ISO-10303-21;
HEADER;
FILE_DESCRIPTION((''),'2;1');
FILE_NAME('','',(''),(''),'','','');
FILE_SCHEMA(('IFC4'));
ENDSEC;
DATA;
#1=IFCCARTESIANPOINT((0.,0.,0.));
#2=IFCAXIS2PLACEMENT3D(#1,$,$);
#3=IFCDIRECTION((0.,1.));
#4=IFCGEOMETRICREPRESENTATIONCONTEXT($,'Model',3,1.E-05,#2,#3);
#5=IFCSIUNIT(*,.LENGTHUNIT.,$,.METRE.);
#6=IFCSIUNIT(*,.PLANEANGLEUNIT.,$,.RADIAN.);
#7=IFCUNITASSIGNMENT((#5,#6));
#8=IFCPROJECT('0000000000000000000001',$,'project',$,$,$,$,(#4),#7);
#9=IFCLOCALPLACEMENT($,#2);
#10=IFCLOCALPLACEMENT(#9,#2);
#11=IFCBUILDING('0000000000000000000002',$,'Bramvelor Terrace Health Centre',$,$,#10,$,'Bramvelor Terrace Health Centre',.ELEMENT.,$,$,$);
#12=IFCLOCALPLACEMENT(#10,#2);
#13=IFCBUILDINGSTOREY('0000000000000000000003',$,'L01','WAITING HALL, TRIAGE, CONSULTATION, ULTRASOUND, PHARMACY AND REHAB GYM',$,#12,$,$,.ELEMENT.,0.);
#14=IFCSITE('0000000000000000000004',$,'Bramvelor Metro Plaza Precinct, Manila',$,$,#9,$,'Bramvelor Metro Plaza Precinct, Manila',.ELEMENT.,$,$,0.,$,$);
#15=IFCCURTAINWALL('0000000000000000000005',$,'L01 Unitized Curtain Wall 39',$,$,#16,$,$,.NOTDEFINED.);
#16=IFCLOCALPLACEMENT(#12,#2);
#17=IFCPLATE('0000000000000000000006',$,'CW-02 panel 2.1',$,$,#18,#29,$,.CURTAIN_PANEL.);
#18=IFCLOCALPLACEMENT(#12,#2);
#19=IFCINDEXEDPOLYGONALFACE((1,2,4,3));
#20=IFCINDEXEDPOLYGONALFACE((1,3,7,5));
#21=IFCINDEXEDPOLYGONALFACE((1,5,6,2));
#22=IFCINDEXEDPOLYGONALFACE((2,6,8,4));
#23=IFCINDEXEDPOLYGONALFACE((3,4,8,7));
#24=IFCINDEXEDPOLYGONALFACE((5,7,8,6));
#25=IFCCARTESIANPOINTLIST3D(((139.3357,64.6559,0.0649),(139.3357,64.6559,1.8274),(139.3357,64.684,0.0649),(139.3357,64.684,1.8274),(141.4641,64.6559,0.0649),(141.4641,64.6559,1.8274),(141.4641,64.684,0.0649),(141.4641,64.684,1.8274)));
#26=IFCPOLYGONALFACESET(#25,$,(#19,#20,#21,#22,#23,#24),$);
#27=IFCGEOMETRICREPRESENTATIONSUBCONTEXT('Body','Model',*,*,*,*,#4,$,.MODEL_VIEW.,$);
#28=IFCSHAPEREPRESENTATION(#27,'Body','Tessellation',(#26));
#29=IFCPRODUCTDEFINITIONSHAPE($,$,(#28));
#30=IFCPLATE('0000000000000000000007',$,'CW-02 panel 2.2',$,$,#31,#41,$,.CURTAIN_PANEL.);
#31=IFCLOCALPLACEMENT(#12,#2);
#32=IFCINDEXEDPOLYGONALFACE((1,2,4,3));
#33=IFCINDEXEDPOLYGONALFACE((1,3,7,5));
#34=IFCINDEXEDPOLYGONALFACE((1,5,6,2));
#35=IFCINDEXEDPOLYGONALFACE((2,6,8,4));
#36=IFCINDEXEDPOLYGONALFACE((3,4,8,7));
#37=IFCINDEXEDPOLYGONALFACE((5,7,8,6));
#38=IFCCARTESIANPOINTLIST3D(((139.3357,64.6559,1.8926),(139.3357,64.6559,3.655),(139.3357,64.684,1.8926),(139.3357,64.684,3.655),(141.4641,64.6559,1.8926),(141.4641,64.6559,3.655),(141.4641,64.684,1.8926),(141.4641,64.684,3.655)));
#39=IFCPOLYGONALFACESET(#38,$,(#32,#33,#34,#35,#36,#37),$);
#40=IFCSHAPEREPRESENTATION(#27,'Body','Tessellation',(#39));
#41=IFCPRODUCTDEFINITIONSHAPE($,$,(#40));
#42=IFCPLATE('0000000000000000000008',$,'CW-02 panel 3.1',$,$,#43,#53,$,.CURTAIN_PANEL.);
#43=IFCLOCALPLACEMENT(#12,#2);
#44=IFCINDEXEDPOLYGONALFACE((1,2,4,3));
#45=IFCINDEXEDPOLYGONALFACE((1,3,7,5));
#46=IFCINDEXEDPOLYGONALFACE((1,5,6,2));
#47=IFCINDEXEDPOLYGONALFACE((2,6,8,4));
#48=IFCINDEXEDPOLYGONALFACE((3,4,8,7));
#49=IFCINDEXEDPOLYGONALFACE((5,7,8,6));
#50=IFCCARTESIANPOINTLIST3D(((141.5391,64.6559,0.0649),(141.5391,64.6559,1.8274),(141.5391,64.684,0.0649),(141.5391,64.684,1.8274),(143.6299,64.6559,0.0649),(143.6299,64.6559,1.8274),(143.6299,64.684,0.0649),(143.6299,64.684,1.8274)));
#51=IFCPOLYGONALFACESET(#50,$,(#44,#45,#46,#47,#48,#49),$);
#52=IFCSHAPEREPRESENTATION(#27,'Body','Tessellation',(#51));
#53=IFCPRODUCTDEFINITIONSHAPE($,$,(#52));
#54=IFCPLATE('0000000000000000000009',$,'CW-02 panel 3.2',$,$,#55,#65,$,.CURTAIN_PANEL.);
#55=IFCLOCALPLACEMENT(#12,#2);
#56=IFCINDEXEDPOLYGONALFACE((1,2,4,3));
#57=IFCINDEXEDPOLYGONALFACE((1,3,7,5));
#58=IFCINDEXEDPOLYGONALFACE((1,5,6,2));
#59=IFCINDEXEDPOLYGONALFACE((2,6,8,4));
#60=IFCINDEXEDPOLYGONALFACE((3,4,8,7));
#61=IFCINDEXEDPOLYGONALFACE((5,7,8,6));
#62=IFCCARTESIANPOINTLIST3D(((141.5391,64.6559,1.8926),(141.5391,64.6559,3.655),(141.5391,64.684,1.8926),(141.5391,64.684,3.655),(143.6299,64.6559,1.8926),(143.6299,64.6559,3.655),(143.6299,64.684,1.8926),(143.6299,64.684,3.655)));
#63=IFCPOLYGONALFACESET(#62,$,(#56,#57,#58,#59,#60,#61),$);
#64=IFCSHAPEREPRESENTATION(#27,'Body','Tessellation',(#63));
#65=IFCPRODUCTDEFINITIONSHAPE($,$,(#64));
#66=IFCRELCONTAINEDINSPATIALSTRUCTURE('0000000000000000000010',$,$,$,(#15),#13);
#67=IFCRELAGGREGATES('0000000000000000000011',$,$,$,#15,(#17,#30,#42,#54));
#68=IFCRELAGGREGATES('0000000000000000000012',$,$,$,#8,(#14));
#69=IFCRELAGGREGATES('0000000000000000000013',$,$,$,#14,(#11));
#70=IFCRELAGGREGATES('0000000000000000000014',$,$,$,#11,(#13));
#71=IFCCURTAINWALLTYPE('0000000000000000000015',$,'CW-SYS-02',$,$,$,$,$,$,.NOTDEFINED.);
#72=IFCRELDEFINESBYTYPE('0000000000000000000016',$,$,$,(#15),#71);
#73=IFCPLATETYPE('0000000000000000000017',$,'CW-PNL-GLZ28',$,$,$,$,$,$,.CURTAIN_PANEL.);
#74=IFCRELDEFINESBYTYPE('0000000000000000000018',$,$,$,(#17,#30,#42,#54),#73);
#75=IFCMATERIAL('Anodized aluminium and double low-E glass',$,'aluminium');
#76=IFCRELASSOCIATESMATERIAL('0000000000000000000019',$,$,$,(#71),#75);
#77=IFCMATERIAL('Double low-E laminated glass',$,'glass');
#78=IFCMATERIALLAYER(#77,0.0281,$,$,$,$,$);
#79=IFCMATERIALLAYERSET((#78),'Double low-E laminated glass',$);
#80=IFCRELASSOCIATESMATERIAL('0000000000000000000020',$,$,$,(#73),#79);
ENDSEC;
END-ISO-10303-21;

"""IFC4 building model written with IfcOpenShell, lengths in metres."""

from ifc_helpers import new_model, si_unit, direction, frame, origin, origin_2d, place, context, subcontext, project, spatial, rectangle, extrude, material, layer, layer_set, type_object, element, aggregate, save


model = new_model("IFC4")

# Units and contexts
model_context = context("Model", 3, precision=1e-05, world=origin(), true_north=direction((0.0, 1.0)))
body_context = subcontext(model_context, "Body", "Model", "MODEL_VIEW")
ifc_project = project(units=[si_unit("LENGTHUNIT", "METRE"), si_unit("PLANEANGLEUNIT", "RADIAN")], contexts=[model_context])

# Site, building, storey
site_placement = place(None, origin())
site = spatial("IfcSite", under=ifc_project, at=site_placement, Name="Bramvelor Metro Plaza Precinct, Manila", LongName="Bramvelor Metro Plaza Precinct, Manila", CompositionType="ELEMENT", RefElevation=0.0)
building_placement = place(site_placement, origin())
building = spatial("IfcBuilding", under=site, at=building_placement, Name="Bramvelor Terrace Health Centre", LongName="Bramvelor Terrace Health Centre", CompositionType="ELEMENT")
storey_placement = place(building_placement, origin())
storey = spatial("IfcBuildingStorey", under=building, at=storey_placement, Name="L01", Description="WAITING HALL, TRIAGE, CONSULTATION, ULTRASOUND, PHARMACY AND REHAB GYM", CompositionType="ELEMENT", Elevation=0.0)

# Curtain wall, plates
ifc_material_1 = material(Name="Anodized aluminium and double low-E glass", Category="aluminium")
curtain_wall_type = type_object("IfcCurtainWallType", Name="CW-SYS-02", PredefinedType="NOTDEFINED", material=ifc_material_1)
curtain_wall_placement = place(storey_placement, origin())
curtain_wall = element("IfcCurtainWall", 1, at=curtain_wall_placement, inside=storey, type_object=curtain_wall_type, Name="L01 Unitized Curtain Wall 39", PredefinedType="NOTDEFINED")
ifc_material_2 = material(Name="Double low-E laminated glass", Category="glass")
ifc_layer = layer(ifc_material_2, 0.0281)
ifc_layer_set = layer_set([ifc_layer], Name="Double low-E laminated glass")
plate_type = type_object("IfcPlateType", Name="CW-PNL-GLZ28", PredefinedType="CURTAIN_PANEL", material=ifc_layer_set)
plate_1_placement = place(storey_placement, frame((140.3999, 64.6699, 0.0649), z_axis=(0.0, 0.0, 1.0), x_axis=(1.0, 0.0, 0.0)))
plate_1 = element("IfcPlate", 2, at=plate_1_placement, type_object=plate_type, Name="CW-02 panel 2.1", PredefinedType="CURTAIN_PANEL", context=body_context, shape_type="SweptSolid", body=[
    extrude(rectangle(XDim=2.1284, YDim=0.0281, at=origin_2d()), origin(), (0.0, 0.0, 1.0), 1.7625),
])
plate_2_placement = place(storey_placement, frame((140.3999, 64.6699, 1.8926), z_axis=(0.0, 0.0, 1.0), x_axis=(1.0, 0.0, 0.0)))
plate_2 = element("IfcPlate", 3, at=plate_2_placement, type_object=plate_type, Name="CW-02 panel 2.2", PredefinedType="CURTAIN_PANEL", context=body_context, shape_type="SweptSolid", body=[
    extrude(rectangle(XDim=2.1284, YDim=0.0281, at=origin_2d()), origin(), (0.0, 0.0, 1.0), 1.7625),
])
plate_3_placement = place(storey_placement, frame((142.5845, 64.6699, 0.0649), z_axis=(0.0, 0.0, 1.0), x_axis=(1.0, 0.0, 0.0)))
plate_3 = element("IfcPlate", 4, at=plate_3_placement, type_object=plate_type, Name="CW-02 panel 3.1", PredefinedType="CURTAIN_PANEL", context=body_context, shape_type="SweptSolid", body=[
    extrude(rectangle(XDim=2.0908, YDim=0.0281, at=origin_2d()), origin(), (0.0, 0.0, 1.0), 1.7625),
])
plate_4_placement = place(storey_placement, frame((142.5845, 64.6699, 1.8926), z_axis=(0.0, 0.0, 1.0), x_axis=(1.0, 0.0, 0.0)))
plate_4 = element("IfcPlate", 5, at=plate_4_placement, type_object=plate_type, Name="CW-02 panel 3.2", PredefinedType="CURTAIN_PANEL", context=body_context, shape_type="SweptSolid", body=[
    extrude(rectangle(XDim=2.0908, YDim=0.0281, at=origin_2d()), origin(), (0.0, 0.0, 1.0), 1.7625),
])
aggregate(curtain_wall, [plate_1, plate_2, plate_3, plate_4])

save(model, "model.ifc")
